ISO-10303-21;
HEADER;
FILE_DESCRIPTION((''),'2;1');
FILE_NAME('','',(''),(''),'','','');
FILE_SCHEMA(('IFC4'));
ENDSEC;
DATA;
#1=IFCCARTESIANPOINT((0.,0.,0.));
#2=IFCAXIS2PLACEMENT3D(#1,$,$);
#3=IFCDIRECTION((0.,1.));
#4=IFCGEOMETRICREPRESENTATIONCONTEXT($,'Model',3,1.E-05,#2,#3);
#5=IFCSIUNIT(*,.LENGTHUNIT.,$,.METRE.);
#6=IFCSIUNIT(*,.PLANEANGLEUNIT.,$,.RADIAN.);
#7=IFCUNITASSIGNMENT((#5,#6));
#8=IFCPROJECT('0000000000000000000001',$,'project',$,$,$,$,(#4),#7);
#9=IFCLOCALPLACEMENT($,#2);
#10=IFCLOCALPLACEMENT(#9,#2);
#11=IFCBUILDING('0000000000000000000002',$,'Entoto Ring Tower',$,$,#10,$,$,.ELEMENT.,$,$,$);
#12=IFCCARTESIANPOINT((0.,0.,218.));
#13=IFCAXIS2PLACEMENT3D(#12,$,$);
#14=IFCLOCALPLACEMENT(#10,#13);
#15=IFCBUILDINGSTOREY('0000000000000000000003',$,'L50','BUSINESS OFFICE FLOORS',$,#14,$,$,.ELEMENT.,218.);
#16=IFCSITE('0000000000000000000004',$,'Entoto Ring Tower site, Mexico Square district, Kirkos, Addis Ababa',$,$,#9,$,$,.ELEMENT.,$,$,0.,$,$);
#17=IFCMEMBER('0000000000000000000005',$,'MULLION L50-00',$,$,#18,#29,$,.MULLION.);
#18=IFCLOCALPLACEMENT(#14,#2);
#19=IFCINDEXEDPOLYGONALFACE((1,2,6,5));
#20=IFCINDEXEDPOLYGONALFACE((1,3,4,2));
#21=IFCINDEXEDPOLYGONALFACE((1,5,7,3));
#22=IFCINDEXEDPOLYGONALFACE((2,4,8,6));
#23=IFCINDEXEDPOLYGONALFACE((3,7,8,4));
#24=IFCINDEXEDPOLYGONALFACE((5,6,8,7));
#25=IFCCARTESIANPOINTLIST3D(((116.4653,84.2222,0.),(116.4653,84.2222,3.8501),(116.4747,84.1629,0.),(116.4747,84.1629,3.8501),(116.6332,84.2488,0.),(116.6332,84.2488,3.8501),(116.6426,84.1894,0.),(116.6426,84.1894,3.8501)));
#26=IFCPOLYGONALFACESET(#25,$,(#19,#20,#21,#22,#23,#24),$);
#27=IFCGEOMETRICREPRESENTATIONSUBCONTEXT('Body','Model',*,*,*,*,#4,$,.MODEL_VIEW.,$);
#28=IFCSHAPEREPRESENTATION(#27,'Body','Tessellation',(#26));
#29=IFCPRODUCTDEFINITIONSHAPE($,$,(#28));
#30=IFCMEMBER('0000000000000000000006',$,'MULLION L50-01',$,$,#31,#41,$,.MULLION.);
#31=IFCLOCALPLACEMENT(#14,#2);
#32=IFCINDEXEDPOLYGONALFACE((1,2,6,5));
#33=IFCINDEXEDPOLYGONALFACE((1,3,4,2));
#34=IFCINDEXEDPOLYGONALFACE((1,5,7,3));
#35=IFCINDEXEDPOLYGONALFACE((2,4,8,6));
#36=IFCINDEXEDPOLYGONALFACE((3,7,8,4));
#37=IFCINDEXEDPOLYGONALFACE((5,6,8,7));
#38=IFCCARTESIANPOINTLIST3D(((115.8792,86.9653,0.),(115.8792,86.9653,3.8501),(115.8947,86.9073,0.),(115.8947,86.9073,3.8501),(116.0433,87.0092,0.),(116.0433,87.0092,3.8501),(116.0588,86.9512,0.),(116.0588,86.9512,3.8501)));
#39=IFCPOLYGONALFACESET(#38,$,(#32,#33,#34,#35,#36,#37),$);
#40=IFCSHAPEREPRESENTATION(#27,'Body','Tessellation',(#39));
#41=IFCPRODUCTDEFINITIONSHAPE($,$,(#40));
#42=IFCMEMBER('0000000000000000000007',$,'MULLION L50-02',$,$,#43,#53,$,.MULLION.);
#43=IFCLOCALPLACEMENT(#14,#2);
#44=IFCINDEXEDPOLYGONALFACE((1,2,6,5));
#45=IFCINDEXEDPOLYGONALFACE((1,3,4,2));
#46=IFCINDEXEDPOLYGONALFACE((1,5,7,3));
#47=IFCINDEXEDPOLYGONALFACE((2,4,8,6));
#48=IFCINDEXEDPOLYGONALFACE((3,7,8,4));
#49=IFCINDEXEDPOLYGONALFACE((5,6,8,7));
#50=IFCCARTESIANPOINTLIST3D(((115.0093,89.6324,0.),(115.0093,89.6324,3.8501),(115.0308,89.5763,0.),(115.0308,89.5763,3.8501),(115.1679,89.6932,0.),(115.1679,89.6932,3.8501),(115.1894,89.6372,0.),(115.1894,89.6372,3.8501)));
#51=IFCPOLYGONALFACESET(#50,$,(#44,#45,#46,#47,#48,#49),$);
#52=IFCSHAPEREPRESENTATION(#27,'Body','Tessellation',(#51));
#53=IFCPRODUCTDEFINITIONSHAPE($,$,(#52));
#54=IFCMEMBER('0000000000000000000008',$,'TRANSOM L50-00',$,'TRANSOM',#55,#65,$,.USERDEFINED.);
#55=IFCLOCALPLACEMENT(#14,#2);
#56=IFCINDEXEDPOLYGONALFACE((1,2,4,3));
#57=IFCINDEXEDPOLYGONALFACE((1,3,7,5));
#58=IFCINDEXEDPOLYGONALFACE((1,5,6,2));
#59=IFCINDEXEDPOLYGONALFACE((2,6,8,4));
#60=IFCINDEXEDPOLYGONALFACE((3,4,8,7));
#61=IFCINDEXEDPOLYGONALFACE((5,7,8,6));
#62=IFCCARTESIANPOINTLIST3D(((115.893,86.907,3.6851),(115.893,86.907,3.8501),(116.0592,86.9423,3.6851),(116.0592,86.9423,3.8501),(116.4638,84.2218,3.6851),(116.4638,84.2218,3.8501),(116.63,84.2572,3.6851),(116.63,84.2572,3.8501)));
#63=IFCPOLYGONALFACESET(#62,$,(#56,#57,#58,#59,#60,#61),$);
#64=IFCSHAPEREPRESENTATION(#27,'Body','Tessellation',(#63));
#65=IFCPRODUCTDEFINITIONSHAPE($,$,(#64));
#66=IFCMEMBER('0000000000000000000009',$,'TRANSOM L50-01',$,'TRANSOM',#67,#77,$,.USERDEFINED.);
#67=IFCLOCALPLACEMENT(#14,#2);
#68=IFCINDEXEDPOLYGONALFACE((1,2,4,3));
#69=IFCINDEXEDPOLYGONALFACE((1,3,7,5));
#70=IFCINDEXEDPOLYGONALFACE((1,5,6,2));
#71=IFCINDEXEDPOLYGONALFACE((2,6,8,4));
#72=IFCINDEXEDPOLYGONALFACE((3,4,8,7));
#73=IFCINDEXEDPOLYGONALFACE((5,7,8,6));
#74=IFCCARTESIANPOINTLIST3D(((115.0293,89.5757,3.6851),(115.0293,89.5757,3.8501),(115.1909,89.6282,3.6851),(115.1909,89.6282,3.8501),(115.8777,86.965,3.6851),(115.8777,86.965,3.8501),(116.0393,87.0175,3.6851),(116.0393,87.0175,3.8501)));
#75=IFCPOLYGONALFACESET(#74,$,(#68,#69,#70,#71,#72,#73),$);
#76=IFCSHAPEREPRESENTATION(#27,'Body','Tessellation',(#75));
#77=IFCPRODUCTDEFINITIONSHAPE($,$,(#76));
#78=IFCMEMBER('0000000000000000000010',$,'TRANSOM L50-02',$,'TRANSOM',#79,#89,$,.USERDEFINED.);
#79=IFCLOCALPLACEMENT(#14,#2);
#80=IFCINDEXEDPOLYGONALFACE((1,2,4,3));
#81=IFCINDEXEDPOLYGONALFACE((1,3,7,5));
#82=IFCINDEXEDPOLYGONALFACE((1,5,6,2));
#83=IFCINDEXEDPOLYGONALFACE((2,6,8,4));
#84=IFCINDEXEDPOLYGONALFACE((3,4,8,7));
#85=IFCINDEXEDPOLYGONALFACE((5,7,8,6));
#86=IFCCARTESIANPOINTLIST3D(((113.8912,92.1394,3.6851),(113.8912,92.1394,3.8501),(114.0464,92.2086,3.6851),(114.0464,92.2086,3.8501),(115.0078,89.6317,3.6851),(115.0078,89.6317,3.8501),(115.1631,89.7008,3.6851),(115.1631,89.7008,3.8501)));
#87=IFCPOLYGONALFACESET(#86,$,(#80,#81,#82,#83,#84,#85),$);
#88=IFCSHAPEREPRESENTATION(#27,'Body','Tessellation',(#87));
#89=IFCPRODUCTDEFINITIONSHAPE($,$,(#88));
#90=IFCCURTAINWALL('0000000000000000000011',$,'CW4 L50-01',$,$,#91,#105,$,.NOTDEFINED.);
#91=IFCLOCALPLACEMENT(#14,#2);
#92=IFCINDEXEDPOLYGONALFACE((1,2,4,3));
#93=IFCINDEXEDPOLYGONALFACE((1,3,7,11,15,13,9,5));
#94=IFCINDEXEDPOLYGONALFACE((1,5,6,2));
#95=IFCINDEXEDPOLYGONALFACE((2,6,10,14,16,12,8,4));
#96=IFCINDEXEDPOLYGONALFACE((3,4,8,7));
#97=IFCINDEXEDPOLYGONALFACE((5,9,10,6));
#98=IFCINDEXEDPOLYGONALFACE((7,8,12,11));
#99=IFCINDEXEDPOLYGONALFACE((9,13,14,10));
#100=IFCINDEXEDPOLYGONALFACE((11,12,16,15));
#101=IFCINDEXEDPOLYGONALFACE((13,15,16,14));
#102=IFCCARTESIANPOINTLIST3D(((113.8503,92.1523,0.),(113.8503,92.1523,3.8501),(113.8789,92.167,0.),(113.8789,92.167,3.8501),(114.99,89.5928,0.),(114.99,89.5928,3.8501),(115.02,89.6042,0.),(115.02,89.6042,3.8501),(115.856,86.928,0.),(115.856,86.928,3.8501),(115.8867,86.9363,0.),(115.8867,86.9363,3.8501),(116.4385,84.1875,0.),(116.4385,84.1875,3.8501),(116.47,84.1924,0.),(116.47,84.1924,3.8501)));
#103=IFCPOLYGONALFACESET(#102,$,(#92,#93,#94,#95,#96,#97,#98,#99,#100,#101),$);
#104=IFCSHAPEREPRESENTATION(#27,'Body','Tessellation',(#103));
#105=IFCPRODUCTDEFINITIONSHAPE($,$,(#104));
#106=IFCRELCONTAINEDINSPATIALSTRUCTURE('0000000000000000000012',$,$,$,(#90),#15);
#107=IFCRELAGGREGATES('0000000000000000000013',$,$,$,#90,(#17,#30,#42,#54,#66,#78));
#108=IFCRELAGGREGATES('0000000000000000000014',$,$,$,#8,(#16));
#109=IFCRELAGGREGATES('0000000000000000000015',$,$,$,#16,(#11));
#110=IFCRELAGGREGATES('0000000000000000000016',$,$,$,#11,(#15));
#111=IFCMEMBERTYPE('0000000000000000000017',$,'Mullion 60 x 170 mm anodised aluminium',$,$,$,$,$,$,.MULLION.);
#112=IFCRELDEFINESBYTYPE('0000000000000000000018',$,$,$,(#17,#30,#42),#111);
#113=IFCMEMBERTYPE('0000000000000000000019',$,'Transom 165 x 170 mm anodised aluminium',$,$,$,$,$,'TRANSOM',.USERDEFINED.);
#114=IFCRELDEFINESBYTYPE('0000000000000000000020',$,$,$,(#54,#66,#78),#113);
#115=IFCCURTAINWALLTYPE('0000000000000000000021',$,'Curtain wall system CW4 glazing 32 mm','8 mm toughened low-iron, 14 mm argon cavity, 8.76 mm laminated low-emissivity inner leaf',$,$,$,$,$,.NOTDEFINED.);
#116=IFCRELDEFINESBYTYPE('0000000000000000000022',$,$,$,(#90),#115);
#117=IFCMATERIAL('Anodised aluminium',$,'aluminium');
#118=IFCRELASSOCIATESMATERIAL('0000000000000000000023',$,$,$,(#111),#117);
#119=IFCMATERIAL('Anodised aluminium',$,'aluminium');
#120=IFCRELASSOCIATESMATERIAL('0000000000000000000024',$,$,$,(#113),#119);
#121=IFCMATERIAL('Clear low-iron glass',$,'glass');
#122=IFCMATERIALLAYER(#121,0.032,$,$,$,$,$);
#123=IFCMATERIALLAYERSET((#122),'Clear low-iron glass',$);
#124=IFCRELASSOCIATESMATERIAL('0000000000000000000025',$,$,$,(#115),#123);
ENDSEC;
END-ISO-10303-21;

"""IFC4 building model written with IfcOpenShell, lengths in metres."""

from ifc_helpers import new_model, si_unit, direction, frame, origin, origin_2d, place, context, subcontext, project, spatial, polyline, rectangle, outline, extrude, material, layer, layer_set, material_profile, profile_set, type_object, element, aggregate, save


model = new_model("IFC4")

# Units and contexts
model_context = context("Model", 3, precision=1e-05, world=origin(), true_north=direction((0.0, 1.0)))
body_context = subcontext(model_context, "Body", "Model", "MODEL_VIEW")
ifc_project = project(units=[si_unit("LENGTHUNIT", "METRE"), si_unit("PLANEANGLEUNIT", "RADIAN")], contexts=[model_context])

# Members
ifc_material_1 = material(Name="Anodised aluminium", Category="aluminium")
ifc_material_profile_1 = material_profile(ifc_material_1, rectangle(XDim=0.0601, YDim=0.1699, at=origin_2d()), Name="Mullion 60 x 170 mm anodised aluminium")
ifc_profile_set_1 = profile_set([ifc_material_profile_1], Name="Anodised aluminium")
member_type_1 = type_object("IfcMemberType", Name="Mullion 60 x 170 mm anodised aluminium", PredefinedType="MULLION", material=ifc_profile_set_1)
site_placement = place(None, origin())
building_placement = place(site_placement, origin())
storey_placement = place(building_placement, frame((0.0, 0.0, 218.0)))
member_1_placement = place(storey_placement, frame((116.554, 84.2058, 0.0), z_axis=(0.0, 0.0, 1.0), x_axis=(-0.156434, 0.987688, 0.0)))
member_1 = element("IfcMember", 1, at=member_1_placement, type_object=member_type_1, Name="MULLION L50-00", PredefinedType="MULLION", context=body_context, shape_type="SweptSolid", body=[
    extrude(rectangle(XDim=0.0601, YDim=0.1699, at=origin_2d()), origin(), (0.0, 0.0, 1.0), 3.8501),
])
member_2_placement = place(storey_placement, frame((115.969, 86.9583, 0.0), z_axis=(0.0, 0.0, 1.0), x_axis=(-0.258819, 0.965926, 0.0)))
member_2 = element("IfcMember", 2, at=member_2_placement, type_object=member_type_1, Name="MULLION L50-01", PredefinedType="MULLION", context=body_context, shape_type="SweptSolid", body=[
    extrude(rectangle(XDim=0.0601, YDim=0.1699, at=origin_2d()), origin(), (0.0, 0.0, 1.0), 3.8501),
])
member_3_placement = place(storey_placement, frame((115.0994, 89.6348, 0.0), z_axis=(0.0, 0.0, 1.0), x_axis=(-0.358368, 0.93358, 0.0)))
member_3 = element("IfcMember", 3, at=member_3_placement, type_object=member_type_1, Name="MULLION L50-02", PredefinedType="MULLION", context=body_context, shape_type="SweptSolid", body=[
    extrude(rectangle(XDim=0.0601, YDim=0.1699, at=origin_2d()), origin(), (0.0, 0.0, 1.0), 3.8501),
])
ifc_material_2 = material(Name="Anodised aluminium", Category="aluminium")
ifc_material_profile_2 = material_profile(ifc_material_2, rectangle(XDim=0.1699, YDim=0.165, at=origin_2d()), Name="Transom 165 x 170 mm anodised aluminium")
ifc_profile_set_2 = profile_set([ifc_material_profile_2], Name="Anodised aluminium")
member_type_2 = type_object("IfcMemberType", Name="Transom 165 x 170 mm anodised aluminium", ElementType="TRANSOM", PredefinedType="USERDEFINED", material=ifc_profile_set_2)
member_4_placement = place(storey_placement, frame((116.5469, 84.2395, 3.7676), z_axis=(-0.207937, 0.978142, 0.0), x_axis=(-0.978142, -0.207937, 0.0)))
member_4 = element("IfcMember", 4, at=member_4_placement, type_object=member_type_2, Name="TRANSOM L50-00", ObjectType="TRANSOM", PredefinedType="USERDEFINED", context=body_context, shape_type="SweptSolid", body=[
    extrude(rectangle(XDim=0.1699, YDim=0.165, at=origin_2d()), origin(), (0.0, 0.0, 1.0), 2.7451),
])
member_5_placement = place(storey_placement, frame((115.9585, 86.9912, 3.7676), z_axis=(-0.309042, 0.951048, 0.0), x_axis=(-0.951048, -0.309042, 0.0)))
member_5 = element("IfcMember", 5, at=member_5_placement, type_object=member_type_2, Name="TRANSOM L50-01", ObjectType="TRANSOM", PredefinedType="USERDEFINED", context=body_context, shape_type="SweptSolid", body=[
    extrude(rectangle(XDim=0.1699, YDim=0.165, at=origin_2d()), origin(), (0.0, 0.0, 1.0), 2.7451),
])
member_6_placement = place(storey_placement, frame((115.0854, 89.6663, 3.7676), z_axis=(-0.406782, 0.913525, 0.0), x_axis=(-0.913525, -0.406782, 0.0)))
member_6 = element("IfcMember", 6, at=member_6_placement, type_object=member_type_2, Name="TRANSOM L50-02", ObjectType="TRANSOM", PredefinedType="USERDEFINED", context=body_context, shape_type="SweptSolid", body=[
    extrude(rectangle(XDim=0.1699, YDim=0.165, at=origin_2d()), origin(), (0.0, 0.0, 1.0), 2.7451),
])

# Site, building, storey
site = spatial("IfcSite", under=ifc_project, at=site_placement, Name="Entoto Ring Tower site, Mexico Square district, Kirkos, Addis Ababa", CompositionType="ELEMENT", RefElevation=0.0)
building = spatial("IfcBuilding", under=site, at=building_placement, Name="Entoto Ring Tower", CompositionType="ELEMENT")
storey = spatial("IfcBuildingStorey", under=building, at=storey_placement, Name="L50", Description="BUSINESS OFFICE FLOORS", CompositionType="ELEMENT", Elevation=218.0)

# Curtain wall
ifc_material_3 = material(Name="Clear low-iron glass", Category="glass")
ifc_layer_1 = layer(ifc_material_3, 0.032)
ifc_layer_set_1 = layer_set([ifc_layer_1], Name="Clear low-iron glass")
curtain_wall_type = type_object("IfcCurtainWallType", Name="Curtain wall system CW4 glazing 32 mm", Description="8 mm toughened low-iron, 14 mm argon cavity, 8.76 mm laminated low-emissivity inner leaf", PredefinedType="NOTDEFINED", material=ifc_layer_set_1)
curtain_wall_1_placement = place(storey_placement, origin())
curtain_wall_1 = element("IfcCurtainWall", 7, at=curtain_wall_1_placement, inside=storey, type_object=curtain_wall_type, Name="CW4 L50-01", PredefinedType="NOTDEFINED", context=body_context, shape_type="SweptSolid", body=[
    extrude(outline(polyline([(116.47, 84.1924), (115.8867, 86.9363), (115.02, 89.6042), (113.8789, 92.167), (113.8503, 92.1523), (114.99, 89.5928), (115.856, 86.928), (116.4385, 84.1875), (116.47, 84.1924)])), origin(), (0.0, 0.0, 1.0), 3.8501),
])
aggregate(curtain_wall_1, [member_1, member_2, member_3, member_4, member_5, member_6])

save(model, "model.ifc")
